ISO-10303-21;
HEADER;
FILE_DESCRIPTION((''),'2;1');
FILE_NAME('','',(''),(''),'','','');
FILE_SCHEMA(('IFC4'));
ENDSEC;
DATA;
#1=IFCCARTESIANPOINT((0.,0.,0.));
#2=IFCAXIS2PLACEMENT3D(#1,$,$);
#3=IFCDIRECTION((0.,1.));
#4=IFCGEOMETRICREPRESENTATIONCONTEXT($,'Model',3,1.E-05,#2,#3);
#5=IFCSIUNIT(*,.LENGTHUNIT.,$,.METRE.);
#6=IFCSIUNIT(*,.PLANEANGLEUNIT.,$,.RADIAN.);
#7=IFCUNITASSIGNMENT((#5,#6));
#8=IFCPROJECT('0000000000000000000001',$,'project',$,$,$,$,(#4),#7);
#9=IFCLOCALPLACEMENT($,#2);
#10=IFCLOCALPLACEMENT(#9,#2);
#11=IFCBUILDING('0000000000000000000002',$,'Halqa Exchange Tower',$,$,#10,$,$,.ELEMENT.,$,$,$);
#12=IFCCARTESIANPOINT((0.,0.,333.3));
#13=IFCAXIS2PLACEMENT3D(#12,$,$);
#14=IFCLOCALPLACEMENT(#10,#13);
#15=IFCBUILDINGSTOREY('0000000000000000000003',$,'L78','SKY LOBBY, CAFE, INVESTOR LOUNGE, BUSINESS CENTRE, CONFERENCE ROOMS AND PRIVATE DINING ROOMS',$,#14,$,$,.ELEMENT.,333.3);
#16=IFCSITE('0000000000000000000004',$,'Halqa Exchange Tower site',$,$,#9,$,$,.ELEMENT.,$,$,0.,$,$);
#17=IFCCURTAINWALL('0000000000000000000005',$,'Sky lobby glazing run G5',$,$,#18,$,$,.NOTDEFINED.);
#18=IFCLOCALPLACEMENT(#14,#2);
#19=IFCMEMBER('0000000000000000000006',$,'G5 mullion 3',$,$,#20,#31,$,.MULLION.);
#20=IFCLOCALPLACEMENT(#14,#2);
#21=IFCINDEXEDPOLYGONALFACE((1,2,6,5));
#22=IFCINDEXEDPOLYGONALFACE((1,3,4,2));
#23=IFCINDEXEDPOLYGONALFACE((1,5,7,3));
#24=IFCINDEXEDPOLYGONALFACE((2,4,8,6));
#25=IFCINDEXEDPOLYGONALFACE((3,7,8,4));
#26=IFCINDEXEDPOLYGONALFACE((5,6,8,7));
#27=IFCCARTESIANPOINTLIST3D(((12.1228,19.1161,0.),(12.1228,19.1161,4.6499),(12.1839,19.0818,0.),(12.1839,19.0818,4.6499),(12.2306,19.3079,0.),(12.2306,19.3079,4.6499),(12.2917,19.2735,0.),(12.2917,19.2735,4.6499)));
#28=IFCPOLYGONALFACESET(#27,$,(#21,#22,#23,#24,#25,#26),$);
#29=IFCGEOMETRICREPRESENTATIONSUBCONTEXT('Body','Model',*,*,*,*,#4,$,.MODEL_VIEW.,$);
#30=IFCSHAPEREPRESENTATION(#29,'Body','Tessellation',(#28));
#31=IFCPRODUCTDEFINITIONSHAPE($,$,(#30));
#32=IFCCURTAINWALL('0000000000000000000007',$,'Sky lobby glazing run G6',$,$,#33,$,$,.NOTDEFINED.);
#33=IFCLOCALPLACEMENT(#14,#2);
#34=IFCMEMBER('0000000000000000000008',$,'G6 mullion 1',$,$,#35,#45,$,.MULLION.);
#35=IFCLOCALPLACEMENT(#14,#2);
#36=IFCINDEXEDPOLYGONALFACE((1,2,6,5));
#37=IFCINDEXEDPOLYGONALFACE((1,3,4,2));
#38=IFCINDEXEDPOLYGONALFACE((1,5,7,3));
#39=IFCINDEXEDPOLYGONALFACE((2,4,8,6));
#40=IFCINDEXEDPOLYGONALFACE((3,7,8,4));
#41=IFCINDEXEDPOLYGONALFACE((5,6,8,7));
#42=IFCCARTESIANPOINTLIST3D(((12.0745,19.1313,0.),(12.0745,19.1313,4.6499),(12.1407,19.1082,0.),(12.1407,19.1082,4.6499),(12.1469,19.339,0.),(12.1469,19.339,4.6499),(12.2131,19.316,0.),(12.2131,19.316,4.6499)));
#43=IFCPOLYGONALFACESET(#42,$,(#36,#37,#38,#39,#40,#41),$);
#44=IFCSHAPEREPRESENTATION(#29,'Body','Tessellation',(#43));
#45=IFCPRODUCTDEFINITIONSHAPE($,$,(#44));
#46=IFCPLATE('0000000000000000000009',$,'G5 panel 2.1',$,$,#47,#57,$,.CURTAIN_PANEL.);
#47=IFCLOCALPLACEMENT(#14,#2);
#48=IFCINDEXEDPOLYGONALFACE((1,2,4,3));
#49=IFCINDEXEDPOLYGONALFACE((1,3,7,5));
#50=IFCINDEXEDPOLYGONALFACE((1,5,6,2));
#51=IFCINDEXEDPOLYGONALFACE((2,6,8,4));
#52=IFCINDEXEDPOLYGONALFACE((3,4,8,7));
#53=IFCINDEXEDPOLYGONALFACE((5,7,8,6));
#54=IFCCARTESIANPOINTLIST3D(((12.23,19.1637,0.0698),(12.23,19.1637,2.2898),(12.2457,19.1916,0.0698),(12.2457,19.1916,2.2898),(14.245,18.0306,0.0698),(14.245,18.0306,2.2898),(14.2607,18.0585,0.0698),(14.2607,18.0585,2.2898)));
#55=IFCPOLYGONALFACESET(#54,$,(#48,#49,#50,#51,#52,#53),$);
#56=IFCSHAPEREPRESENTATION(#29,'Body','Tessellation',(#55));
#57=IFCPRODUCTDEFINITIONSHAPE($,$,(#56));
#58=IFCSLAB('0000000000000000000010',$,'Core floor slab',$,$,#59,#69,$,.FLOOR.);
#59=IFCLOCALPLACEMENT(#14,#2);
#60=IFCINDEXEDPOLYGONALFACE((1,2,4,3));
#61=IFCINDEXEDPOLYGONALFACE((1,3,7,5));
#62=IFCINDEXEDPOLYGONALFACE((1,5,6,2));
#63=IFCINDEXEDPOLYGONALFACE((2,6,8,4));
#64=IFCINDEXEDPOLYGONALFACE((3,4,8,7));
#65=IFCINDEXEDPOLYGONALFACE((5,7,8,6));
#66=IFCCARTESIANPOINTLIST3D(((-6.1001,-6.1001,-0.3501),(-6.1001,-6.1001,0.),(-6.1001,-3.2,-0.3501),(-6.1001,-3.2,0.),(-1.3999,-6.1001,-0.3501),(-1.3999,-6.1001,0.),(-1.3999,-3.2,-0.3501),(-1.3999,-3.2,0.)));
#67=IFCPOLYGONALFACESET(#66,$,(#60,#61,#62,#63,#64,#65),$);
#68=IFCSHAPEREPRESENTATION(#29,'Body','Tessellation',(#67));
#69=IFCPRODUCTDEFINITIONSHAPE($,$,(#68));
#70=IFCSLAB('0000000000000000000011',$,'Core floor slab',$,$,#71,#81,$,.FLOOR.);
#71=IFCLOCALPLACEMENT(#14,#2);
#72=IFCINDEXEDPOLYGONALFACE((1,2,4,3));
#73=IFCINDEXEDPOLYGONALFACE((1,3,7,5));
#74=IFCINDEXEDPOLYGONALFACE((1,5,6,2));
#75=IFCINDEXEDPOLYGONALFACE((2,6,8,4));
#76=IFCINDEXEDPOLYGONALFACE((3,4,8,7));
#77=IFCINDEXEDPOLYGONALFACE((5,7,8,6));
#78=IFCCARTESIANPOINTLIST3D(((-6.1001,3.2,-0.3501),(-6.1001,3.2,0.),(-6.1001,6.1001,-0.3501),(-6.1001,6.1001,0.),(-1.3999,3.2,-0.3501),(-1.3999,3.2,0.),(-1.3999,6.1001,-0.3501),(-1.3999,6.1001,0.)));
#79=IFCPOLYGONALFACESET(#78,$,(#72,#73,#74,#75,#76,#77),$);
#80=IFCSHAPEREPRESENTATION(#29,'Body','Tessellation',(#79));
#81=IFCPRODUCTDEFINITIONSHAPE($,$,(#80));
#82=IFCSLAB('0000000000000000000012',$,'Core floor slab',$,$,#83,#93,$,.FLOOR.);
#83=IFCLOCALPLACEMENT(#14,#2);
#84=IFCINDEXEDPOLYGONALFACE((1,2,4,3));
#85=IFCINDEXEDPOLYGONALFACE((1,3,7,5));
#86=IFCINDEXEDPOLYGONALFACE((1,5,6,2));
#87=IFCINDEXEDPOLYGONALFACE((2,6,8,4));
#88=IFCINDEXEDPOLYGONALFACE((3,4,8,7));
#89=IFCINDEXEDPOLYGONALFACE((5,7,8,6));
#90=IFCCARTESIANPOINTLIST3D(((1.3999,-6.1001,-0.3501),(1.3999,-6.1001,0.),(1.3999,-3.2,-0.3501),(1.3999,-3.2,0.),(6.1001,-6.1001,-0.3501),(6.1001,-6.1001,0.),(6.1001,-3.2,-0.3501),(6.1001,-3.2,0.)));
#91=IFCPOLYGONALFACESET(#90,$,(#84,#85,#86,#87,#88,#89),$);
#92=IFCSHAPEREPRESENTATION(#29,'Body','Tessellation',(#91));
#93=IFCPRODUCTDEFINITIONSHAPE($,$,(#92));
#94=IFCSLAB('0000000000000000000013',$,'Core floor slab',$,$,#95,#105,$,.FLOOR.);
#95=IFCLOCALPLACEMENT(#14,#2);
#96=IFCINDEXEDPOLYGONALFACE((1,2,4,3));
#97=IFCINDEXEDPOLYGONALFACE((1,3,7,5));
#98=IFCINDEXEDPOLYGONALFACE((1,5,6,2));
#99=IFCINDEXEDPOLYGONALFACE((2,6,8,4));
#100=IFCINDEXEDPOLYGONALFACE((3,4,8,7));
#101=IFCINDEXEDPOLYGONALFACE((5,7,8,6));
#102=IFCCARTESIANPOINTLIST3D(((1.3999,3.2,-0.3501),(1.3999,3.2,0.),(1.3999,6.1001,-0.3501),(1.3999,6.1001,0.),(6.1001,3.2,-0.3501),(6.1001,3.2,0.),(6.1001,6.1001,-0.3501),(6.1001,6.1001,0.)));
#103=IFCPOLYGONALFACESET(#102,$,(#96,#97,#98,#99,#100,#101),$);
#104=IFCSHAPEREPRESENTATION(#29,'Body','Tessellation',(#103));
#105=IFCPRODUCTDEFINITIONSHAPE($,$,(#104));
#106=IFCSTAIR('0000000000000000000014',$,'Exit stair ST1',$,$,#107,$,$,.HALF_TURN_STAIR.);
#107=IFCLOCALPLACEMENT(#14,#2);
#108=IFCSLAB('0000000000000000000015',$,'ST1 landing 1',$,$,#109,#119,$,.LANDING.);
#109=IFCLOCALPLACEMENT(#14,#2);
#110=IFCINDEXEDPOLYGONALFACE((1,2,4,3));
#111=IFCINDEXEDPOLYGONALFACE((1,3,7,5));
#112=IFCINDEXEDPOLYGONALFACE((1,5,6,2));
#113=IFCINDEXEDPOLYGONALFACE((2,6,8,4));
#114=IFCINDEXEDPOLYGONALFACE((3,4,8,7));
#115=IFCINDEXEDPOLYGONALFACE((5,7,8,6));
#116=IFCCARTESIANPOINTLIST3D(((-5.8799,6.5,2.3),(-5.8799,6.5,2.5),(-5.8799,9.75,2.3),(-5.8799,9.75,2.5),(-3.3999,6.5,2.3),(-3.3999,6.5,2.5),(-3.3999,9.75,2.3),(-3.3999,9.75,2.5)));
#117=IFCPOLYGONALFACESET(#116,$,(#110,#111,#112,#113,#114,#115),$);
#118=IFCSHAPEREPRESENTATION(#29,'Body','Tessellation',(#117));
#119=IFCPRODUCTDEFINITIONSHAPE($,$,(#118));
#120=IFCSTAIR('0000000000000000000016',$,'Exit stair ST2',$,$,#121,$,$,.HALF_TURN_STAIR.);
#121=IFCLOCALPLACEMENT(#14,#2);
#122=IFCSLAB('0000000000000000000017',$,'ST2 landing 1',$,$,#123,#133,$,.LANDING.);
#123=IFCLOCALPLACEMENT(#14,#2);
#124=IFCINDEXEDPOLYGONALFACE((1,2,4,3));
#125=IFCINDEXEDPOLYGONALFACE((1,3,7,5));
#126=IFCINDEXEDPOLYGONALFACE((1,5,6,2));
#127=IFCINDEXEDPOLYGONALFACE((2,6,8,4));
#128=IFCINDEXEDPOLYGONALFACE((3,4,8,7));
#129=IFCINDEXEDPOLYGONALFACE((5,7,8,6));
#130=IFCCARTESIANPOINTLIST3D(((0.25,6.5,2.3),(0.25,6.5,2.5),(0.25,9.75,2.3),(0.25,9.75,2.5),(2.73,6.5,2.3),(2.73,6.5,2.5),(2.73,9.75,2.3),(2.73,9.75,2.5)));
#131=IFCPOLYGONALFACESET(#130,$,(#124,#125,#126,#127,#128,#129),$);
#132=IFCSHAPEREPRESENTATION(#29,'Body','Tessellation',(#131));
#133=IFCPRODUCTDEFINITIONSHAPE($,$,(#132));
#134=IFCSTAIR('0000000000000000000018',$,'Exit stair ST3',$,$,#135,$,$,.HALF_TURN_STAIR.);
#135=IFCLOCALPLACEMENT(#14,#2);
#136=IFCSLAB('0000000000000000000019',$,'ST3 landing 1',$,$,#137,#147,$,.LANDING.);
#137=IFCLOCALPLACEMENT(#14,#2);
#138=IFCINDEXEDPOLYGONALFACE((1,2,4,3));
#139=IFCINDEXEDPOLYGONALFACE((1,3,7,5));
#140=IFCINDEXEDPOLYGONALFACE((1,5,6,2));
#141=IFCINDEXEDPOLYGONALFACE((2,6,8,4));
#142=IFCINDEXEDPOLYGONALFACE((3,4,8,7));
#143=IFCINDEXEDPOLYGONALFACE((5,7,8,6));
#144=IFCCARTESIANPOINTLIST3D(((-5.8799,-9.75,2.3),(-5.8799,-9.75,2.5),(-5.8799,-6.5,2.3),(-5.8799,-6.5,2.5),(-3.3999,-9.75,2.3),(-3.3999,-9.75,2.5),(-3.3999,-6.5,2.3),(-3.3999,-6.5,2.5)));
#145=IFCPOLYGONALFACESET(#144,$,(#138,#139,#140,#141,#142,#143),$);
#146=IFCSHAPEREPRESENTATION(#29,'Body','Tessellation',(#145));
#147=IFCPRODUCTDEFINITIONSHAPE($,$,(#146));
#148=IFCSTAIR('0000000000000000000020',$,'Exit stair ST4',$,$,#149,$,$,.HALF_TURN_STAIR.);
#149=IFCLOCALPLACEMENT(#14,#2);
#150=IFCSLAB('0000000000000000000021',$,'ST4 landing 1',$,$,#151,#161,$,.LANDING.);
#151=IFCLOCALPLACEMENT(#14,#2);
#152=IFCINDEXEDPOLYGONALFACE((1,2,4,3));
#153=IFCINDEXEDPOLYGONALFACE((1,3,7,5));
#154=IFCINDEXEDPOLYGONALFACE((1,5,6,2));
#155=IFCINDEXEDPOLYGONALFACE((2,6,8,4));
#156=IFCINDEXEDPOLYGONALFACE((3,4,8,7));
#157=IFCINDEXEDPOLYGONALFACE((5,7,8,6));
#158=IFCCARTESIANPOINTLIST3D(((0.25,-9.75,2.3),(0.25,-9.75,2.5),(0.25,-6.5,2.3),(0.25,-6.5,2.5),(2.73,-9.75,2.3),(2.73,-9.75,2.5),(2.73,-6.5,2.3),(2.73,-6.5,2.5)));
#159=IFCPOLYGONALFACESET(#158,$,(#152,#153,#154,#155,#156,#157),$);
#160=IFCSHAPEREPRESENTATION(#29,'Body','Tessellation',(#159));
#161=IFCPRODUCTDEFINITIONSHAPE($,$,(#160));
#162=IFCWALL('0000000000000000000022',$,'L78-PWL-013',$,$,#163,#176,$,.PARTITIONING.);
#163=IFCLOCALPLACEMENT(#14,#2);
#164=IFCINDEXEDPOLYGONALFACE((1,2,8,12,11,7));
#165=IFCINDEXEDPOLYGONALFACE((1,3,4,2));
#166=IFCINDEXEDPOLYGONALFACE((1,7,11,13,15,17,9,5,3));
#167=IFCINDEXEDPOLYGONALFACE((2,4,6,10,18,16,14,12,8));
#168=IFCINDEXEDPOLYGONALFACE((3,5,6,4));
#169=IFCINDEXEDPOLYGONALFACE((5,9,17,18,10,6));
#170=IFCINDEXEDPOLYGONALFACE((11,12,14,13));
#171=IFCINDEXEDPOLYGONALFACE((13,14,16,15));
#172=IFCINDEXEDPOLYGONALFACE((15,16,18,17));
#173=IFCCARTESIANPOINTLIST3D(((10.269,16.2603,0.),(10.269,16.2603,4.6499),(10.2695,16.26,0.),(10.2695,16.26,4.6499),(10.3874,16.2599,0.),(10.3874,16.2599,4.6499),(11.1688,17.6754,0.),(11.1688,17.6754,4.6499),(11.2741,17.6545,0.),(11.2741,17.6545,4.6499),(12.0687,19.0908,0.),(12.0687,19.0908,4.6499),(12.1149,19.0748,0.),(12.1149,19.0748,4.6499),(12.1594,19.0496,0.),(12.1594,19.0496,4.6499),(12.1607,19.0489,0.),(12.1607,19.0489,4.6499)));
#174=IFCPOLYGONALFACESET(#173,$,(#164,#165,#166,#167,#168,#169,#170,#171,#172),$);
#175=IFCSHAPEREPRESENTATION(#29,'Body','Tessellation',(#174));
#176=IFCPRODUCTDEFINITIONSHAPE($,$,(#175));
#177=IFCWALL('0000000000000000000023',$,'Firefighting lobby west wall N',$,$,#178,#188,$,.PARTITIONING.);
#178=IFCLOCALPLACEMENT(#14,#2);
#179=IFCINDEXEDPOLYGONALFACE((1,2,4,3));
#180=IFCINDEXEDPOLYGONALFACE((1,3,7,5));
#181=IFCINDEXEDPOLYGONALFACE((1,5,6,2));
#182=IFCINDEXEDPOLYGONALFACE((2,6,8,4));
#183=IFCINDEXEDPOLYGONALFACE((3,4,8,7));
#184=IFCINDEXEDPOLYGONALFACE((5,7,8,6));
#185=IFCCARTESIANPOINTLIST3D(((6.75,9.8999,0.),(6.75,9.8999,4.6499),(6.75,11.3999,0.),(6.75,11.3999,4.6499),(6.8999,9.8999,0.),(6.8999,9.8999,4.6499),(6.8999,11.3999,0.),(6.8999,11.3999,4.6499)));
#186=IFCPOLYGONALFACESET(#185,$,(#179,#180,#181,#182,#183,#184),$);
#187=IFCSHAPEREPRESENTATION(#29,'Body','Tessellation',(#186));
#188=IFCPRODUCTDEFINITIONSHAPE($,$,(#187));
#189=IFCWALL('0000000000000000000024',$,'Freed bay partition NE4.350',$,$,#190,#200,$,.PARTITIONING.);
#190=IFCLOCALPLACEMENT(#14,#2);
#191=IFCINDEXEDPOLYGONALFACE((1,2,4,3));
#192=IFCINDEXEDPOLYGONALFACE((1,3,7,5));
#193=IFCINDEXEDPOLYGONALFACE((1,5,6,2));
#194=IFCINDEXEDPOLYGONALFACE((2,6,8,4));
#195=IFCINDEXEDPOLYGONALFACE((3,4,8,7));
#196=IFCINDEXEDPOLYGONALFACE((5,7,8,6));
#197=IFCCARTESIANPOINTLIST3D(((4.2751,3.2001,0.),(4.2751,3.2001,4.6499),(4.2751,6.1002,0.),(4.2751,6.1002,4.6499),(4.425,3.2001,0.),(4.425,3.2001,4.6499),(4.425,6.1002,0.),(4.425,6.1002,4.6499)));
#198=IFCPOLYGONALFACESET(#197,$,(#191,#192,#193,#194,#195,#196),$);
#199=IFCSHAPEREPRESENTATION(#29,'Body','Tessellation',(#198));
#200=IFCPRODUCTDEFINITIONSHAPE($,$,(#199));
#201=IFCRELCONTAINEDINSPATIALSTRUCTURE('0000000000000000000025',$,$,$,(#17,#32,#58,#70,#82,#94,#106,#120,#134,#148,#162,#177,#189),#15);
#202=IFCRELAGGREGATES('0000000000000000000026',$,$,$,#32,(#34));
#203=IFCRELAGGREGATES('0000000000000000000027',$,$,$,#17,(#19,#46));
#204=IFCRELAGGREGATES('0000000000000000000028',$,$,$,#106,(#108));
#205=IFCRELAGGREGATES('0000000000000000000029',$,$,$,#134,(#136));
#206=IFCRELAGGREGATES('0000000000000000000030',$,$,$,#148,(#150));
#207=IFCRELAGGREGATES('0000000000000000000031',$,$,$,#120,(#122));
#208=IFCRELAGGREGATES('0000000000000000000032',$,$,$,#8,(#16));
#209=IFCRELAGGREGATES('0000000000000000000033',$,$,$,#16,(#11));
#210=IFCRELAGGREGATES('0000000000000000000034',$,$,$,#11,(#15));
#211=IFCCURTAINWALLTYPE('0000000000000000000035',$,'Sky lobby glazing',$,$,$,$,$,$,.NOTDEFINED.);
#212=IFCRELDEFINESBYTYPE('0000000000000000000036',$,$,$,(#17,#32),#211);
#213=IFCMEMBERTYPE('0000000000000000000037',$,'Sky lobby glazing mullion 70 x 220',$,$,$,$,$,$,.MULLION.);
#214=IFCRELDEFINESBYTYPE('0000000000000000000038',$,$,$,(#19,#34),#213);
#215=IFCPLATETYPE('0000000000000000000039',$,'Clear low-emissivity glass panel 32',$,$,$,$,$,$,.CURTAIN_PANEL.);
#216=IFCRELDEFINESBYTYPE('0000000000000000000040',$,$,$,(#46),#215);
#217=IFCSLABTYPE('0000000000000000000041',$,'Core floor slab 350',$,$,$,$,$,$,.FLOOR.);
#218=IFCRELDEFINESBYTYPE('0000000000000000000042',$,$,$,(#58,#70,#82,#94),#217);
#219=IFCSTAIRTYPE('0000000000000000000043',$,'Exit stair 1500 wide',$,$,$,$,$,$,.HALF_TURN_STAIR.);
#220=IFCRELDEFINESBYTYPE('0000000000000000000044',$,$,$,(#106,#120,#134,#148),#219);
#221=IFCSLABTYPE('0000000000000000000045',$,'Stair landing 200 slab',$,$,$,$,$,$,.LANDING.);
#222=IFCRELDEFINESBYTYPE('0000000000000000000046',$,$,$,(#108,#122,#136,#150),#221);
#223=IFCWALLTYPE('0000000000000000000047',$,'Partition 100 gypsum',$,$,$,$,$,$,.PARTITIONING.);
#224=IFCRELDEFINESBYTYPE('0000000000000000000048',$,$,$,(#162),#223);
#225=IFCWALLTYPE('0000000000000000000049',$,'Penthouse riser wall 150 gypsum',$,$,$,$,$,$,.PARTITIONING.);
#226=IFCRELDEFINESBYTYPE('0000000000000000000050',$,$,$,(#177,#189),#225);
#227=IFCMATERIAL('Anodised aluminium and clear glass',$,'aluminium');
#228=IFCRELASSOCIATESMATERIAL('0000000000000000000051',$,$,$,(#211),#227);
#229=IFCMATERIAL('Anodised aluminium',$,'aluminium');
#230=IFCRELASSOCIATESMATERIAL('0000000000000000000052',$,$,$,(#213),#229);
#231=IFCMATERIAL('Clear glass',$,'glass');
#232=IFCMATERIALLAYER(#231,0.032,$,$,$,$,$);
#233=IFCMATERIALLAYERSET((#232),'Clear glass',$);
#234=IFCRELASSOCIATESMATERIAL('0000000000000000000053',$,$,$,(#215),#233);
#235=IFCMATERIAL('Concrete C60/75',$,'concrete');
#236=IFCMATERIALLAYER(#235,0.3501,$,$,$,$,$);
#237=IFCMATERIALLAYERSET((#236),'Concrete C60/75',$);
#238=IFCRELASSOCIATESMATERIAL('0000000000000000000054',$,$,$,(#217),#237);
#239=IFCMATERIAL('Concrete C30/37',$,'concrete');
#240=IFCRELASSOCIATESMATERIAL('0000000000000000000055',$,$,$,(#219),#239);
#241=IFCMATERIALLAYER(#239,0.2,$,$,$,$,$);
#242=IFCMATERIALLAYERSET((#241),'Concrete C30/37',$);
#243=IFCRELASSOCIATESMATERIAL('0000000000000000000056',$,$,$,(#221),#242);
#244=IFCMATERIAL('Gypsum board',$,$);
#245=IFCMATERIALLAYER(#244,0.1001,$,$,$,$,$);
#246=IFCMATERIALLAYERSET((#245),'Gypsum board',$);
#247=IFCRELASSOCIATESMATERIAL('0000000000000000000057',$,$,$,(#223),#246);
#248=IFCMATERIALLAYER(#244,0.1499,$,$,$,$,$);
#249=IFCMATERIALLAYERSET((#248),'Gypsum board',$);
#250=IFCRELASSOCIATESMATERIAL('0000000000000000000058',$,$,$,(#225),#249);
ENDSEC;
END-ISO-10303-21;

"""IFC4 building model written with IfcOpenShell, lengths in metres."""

from ifc_helpers import new_model, si_unit, direction, frame, frame_2d, origin, origin_2d, place, context, subcontext, project, spatial, polyline, rectangle, outline, extrude, material, layer, layer_set, material_profile, profile_set, type_object, element, aggregate, save


model = new_model("IFC4")

# Units and contexts
model_context = context("Model", 3, precision=1e-05, world=origin(), true_north=direction((0.0, 1.0)))
body_context = subcontext(model_context, "Body", "Model", "MODEL_VIEW")
ifc_project = project(units=[si_unit("LENGTHUNIT", "METRE"), si_unit("PLANEANGLEUNIT", "RADIAN")], contexts=[model_context])

# Site, building, storey
site_placement = place(None, origin())
site = spatial("IfcSite", under=ifc_project, at=site_placement, Name="Halqa Exchange Tower site", CompositionType="ELEMENT", RefElevation=0.0)
building_placement = place(site_placement, origin())
building = spatial("IfcBuilding", under=site, at=building_placement, Name="Halqa Exchange Tower", CompositionType="ELEMENT")
storey_placement = place(building_placement, frame((0.0, 0.0, 333.3)))
storey = spatial("IfcBuildingStorey", under=building, at=storey_placement, Name="L78", Description="SKY LOBBY, CAFE, INVESTOR LOUNGE, BUSINESS CENTRE, CONFERENCE ROOMS AND PRIVATE DINING ROOMS", CompositionType="ELEMENT", Elevation=333.3)

# Curtain walls, members
ifc_material_1 = material(Name="Anodised aluminium and clear glass", Category="aluminium")
curtain_wall_type = type_object("IfcCurtainWallType", Name="Sky lobby glazing", PredefinedType="NOTDEFINED", material=ifc_material_1)
curtain_wall_1_placement = place(storey_placement, origin())
curtain_wall_1 = element("IfcCurtainWall", 1, at=curtain_wall_1_placement, inside=storey, type_object=curtain_wall_type, Name="Sky lobby glazing run G5", PredefinedType="NOTDEFINED")
ifc_material_2 = material(Name="Anodised aluminium", Category="aluminium")
ifc_material_profile_1 = material_profile(ifc_material_2, rectangle(XDim=0.22, YDim=0.0701, at=origin_2d()), Name="AL 70x220")
ifc_profile_set_1 = profile_set([ifc_material_profile_1], Name="Anodised aluminium")
member_type = type_object("IfcMemberType", Name="Sky lobby glazing mullion 70 x 220", PredefinedType="MULLION", material=ifc_profile_set_1)
member_1_placement = place(storey_placement, frame((12.2073, 19.1948, 0.0), z_axis=(0.0, 0.0, 1.0), x_axis=(-0.490158, -0.871634, 0.0)))
member_1 = element("IfcMember", 2, at=member_1_placement, type_object=member_type, Name="G5 mullion 3", PredefinedType="MULLION", context=body_context, shape_type="SweptSolid", body=[
    extrude(rectangle(XDim=0.22, YDim=0.0701, at=origin_2d()), origin(), (0.0, 0.0, 1.0), 4.6499),
])
curtain_wall_2_placement = place(storey_placement, origin())
curtain_wall_2 = element("IfcCurtainWall", 3, at=curtain_wall_2_placement, inside=storey, type_object=curtain_wall_type, Name="Sky lobby glazing run G6", PredefinedType="NOTDEFINED")
member_2_placement = place(storey_placement, frame((12.1438, 19.2236, 0.0), z_axis=(0.0, 0.0, 1.0), x_axis=(-0.32916, -0.944274, 0.0)))
member_2 = element("IfcMember", 4, at=member_2_placement, type_object=member_type, Name="G6 mullion 1", PredefinedType="MULLION", context=body_context, shape_type="SweptSolid", body=[
    extrude(rectangle(XDim=0.22, YDim=0.0701, at=origin_2d()), origin(), (0.0, 0.0, 1.0), 4.6499),
])
aggregate(curtain_wall_2, [member_2])

# Plate
ifc_material_3 = material(Name="Clear glass", Category="glass")
ifc_layer_1 = layer(ifc_material_3, 0.032)
ifc_layer_set_1 = layer_set([ifc_layer_1], Name="Clear glass")
plate_type = type_object("IfcPlateType", Name="Clear low-emissivity glass panel 32", PredefinedType="CURTAIN_PANEL", material=ifc_layer_set_1)
plate_placement = place(storey_placement, frame((13.2454, 18.6111, 0.0698), z_axis=(0.0, 0.0, 1.0), x_axis=(-0.871634, 0.490158, 0.0)))
plate = element("IfcPlate", 5, at=plate_placement, type_object=plate_type, Name="G5 panel 2.1", PredefinedType="CURTAIN_PANEL", context=body_context, shape_type="SweptSolid", body=[
    extrude(rectangle(XDim=2.3118, YDim=0.032, at=origin_2d()), origin(), (0.0, 0.0, 1.0), 2.22),
])
aggregate(curtain_wall_1, [member_1, plate])

# Slabs
ifc_material_4 = material(Name="Concrete C60/75", Category="concrete")
ifc_layer_2 = layer(ifc_material_4, 0.3501)
ifc_layer_set_2 = layer_set([ifc_layer_2], Name="Concrete C60/75")
slab_type_1 = type_object("IfcSlabType", Name="Core floor slab 350", PredefinedType="FLOOR", material=ifc_layer_set_2)
slab_1_placement = place(storey_placement, frame((0.0, 0.0, -0.3501)))
element("IfcSlab", 6, at=slab_1_placement, inside=storey, type_object=slab_type_1, Name="Core floor slab", PredefinedType="FLOOR", context=body_context, shape_type="SweptSolid", body=[
    extrude(outline(polyline([(-1.3999, -3.2), (-1.3999, -6.1001), (-6.1001, -6.1001), (-6.1001, -3.2), (-1.3999, -3.2)])), origin(), (0.0, 0.0, 1.0), 0.3501),
])
slab_2_placement = place(storey_placement, frame((0.0, 0.0, -0.3501)))
element("IfcSlab", 7, at=slab_2_placement, inside=storey, type_object=slab_type_1, Name="Core floor slab", PredefinedType="FLOOR", context=body_context, shape_type="SweptSolid", body=[
    extrude(outline(polyline([(-1.3999, 3.2), (-6.1001, 3.2), (-6.1001, 6.1001), (-1.3999, 6.1001), (-1.3999, 3.2)])), origin(), (0.0, 0.0, 1.0), 0.3501),
])
slab_3_placement = place(storey_placement, frame((0.0, 0.0, -0.3501)))
element("IfcSlab", 8, at=slab_3_placement, inside=storey, type_object=slab_type_1, Name="Core floor slab", PredefinedType="FLOOR", context=body_context, shape_type="SweptSolid", body=[
    extrude(outline(polyline([(6.1001, -3.2), (6.1001, -6.1001), (1.3999, -6.1001), (1.3999, -3.2), (6.1001, -3.2)])), origin(), (0.0, 0.0, 1.0), 0.3501),
])
slab_4_placement = place(storey_placement, frame((0.0, 0.0, -0.3501)))
element("IfcSlab", 9, at=slab_4_placement, inside=storey, type_object=slab_type_1, Name="Core floor slab", PredefinedType="FLOOR", context=body_context, shape_type="SweptSolid", body=[
    extrude(outline(polyline([(6.1001, 6.1001), (6.1001, 3.2), (1.3999, 3.2), (1.3999, 6.1001), (6.1001, 6.1001)])), origin(), (0.0, 0.0, 1.0), 0.3501),
])

# Stairs, slabs
ifc_material_5 = material(Name="Concrete C30/37", Category="concrete")
stair_type = type_object("IfcStairType", Name="Exit stair 1500 wide", PredefinedType="HALF_TURN_STAIR", material=ifc_material_5)
stair_1_placement = place(storey_placement, origin())
stair_1 = element("IfcStair", 10, at=stair_1_placement, inside=storey, type_object=stair_type, Name="Exit stair ST1", PredefinedType="HALF_TURN_STAIR")
ifc_layer_3 = layer(ifc_material_5, 0.2)
ifc_layer_set_3 = layer_set([ifc_layer_3], Name="Concrete C30/37")
slab_type_2 = type_object("IfcSlabType", Name="Stair landing 200 slab", PredefinedType="LANDING", material=ifc_layer_set_3)
slab_5_placement = place(storey_placement, frame((0.0, 0.0, 2.3)))
slab_5 = element("IfcSlab", 11, at=slab_5_placement, type_object=slab_type_2, Name="ST1 landing 1", PredefinedType="LANDING", context=body_context, shape_type="SweptSolid", body=[
    extrude(outline(polyline([(-5.8799, 6.5), (-3.3999, 6.5), (-3.3999, 9.75), (-5.8799, 9.75), (-5.8799, 6.5)])), origin(), (0.0, 0.0, 1.0), 0.2),
])
aggregate(stair_1, [slab_5])
stair_2_placement = place(storey_placement, origin())
stair_2 = element("IfcStair", 12, at=stair_2_placement, inside=storey, type_object=stair_type, Name="Exit stair ST2", PredefinedType="HALF_TURN_STAIR")
slab_6_placement = place(storey_placement, frame((0.0, 0.0, 2.3)))
slab_6 = element("IfcSlab", 13, at=slab_6_placement, type_object=slab_type_2, Name="ST2 landing 1", PredefinedType="LANDING", context=body_context, shape_type="SweptSolid", body=[
    extrude(outline(polyline([(0.25, 6.5), (2.73, 6.5), (2.73, 9.75), (0.25, 9.75), (0.25, 6.5)])), origin(), (0.0, 0.0, 1.0), 0.2),
])
stair_3_placement = place(storey_placement, origin())
stair_3 = element("IfcStair", 14, at=stair_3_placement, inside=storey, type_object=stair_type, Name="Exit stair ST3", PredefinedType="HALF_TURN_STAIR")
slab_7_placement = place(storey_placement, frame((0.0, 0.0, 2.3)))
slab_7 = element("IfcSlab", 15, at=slab_7_placement, type_object=slab_type_2, Name="ST3 landing 1", PredefinedType="LANDING", context=body_context, shape_type="SweptSolid", body=[
    extrude(outline(polyline([(-5.8799, -9.75), (-3.3999, -9.75), (-3.3999, -6.5), (-5.8799, -6.5), (-5.8799, -9.75)])), origin(), (0.0, 0.0, 1.0), 0.2),
])
aggregate(stair_3, [slab_7])
stair_4_placement = place(storey_placement, origin())
stair_4 = element("IfcStair", 16, at=stair_4_placement, inside=storey, type_object=stair_type, Name="Exit stair ST4", PredefinedType="HALF_TURN_STAIR")
slab_8_placement = place(storey_placement, frame((0.0, 0.0, 2.3)))
slab_8 = element("IfcSlab", 17, at=slab_8_placement, type_object=slab_type_2, Name="ST4 landing 1", PredefinedType="LANDING", context=body_context, shape_type="SweptSolid", body=[
    extrude(outline(polyline([(0.25, -9.75), (2.73, -9.75), (2.73, -6.5), (0.25, -6.5), (0.25, -9.75)])), origin(), (0.0, 0.0, 1.0), 0.2),
])
aggregate(stair_4, [slab_8])

# Walls
ifc_material_6 = material(Name="Gypsum board")
ifc_layer_4 = layer(ifc_material_6, 0.1001)
ifc_layer_set_4 = layer_set([ifc_layer_4], Name="Gypsum board")
wall_type_1 = type_object("IfcWallType", Name="Partition 100 gypsum", PredefinedType="PARTITIONING", material=ifc_layer_set_4)
wall_1_placement = place(storey_placement, frame((10.3113, 16.2334, 0.0), z_axis=(0.0, 0.0, 1.0), x_axis=(0.536538, 0.843876, 0.0)))
element("IfcWall", 18, at=wall_1_placement, inside=storey, type_object=wall_type_1, Name="L78-PWL-013", PredefinedType="PARTITIONING", context=body_context, shape_type="SweptSolid", body=[
    extrude(outline(polyline([(3.3682, -0.05), (3.3682, -0.0486), (3.3655, 0.0024), (3.3542, 0.05), (1.677, 0.05), (0.0, 0.05), (0.0, 0.0496), (0.0632, -0.05), (1.7158, -0.05), (3.3682, -0.05)])), origin(), (0.0, 0.0, 1.0), 4.6499),
])
ifc_layer_5 = layer(ifc_material_6, 0.1499)
ifc_layer_set_5 = layer_set([ifc_layer_5], Name="Gypsum board")
wall_type_2 = type_object("IfcWallType", Name="Penthouse riser wall 150 gypsum", PredefinedType="PARTITIONING", material=ifc_layer_set_5)
wall_2_placement = place(storey_placement, frame((6.825, 9.8999, 0.0), z_axis=(0.0, 0.0, 1.0), x_axis=(0.0, 1.0, 0.0)))
element("IfcWall", 19, at=wall_2_placement, inside=storey, type_object=wall_type_2, Name="Firefighting lobby west wall N", PredefinedType="PARTITIONING", context=body_context, shape_type="SweptSolid", body=[
    extrude(rectangle(XDim=1.5, YDim=0.1499, at=frame_2d((0.75, 0.0))), origin(), (0.0, 0.0, 1.0), 4.6499),
])
wall_3_placement = place(storey_placement, frame((4.3501, 3.2, 0.0), z_axis=(0.0, 0.0, 1.0), x_axis=(0.0, 1.0, 0.0)))
element("IfcWall", 20, at=wall_3_placement, inside=storey, type_object=wall_type_2, Name="Freed bay partition NE4.350", PredefinedType="PARTITIONING", context=body_context, shape_type="SweptSolid", body=[
    extrude(rectangle(XDim=2.9001, YDim=0.1499, at=frame_2d((1.4502, 0.0))), origin(), (0.0, 0.0, 1.0), 4.6499),
])

aggregate(stair_2, [slab_6])

save(model, "model.ifc")
